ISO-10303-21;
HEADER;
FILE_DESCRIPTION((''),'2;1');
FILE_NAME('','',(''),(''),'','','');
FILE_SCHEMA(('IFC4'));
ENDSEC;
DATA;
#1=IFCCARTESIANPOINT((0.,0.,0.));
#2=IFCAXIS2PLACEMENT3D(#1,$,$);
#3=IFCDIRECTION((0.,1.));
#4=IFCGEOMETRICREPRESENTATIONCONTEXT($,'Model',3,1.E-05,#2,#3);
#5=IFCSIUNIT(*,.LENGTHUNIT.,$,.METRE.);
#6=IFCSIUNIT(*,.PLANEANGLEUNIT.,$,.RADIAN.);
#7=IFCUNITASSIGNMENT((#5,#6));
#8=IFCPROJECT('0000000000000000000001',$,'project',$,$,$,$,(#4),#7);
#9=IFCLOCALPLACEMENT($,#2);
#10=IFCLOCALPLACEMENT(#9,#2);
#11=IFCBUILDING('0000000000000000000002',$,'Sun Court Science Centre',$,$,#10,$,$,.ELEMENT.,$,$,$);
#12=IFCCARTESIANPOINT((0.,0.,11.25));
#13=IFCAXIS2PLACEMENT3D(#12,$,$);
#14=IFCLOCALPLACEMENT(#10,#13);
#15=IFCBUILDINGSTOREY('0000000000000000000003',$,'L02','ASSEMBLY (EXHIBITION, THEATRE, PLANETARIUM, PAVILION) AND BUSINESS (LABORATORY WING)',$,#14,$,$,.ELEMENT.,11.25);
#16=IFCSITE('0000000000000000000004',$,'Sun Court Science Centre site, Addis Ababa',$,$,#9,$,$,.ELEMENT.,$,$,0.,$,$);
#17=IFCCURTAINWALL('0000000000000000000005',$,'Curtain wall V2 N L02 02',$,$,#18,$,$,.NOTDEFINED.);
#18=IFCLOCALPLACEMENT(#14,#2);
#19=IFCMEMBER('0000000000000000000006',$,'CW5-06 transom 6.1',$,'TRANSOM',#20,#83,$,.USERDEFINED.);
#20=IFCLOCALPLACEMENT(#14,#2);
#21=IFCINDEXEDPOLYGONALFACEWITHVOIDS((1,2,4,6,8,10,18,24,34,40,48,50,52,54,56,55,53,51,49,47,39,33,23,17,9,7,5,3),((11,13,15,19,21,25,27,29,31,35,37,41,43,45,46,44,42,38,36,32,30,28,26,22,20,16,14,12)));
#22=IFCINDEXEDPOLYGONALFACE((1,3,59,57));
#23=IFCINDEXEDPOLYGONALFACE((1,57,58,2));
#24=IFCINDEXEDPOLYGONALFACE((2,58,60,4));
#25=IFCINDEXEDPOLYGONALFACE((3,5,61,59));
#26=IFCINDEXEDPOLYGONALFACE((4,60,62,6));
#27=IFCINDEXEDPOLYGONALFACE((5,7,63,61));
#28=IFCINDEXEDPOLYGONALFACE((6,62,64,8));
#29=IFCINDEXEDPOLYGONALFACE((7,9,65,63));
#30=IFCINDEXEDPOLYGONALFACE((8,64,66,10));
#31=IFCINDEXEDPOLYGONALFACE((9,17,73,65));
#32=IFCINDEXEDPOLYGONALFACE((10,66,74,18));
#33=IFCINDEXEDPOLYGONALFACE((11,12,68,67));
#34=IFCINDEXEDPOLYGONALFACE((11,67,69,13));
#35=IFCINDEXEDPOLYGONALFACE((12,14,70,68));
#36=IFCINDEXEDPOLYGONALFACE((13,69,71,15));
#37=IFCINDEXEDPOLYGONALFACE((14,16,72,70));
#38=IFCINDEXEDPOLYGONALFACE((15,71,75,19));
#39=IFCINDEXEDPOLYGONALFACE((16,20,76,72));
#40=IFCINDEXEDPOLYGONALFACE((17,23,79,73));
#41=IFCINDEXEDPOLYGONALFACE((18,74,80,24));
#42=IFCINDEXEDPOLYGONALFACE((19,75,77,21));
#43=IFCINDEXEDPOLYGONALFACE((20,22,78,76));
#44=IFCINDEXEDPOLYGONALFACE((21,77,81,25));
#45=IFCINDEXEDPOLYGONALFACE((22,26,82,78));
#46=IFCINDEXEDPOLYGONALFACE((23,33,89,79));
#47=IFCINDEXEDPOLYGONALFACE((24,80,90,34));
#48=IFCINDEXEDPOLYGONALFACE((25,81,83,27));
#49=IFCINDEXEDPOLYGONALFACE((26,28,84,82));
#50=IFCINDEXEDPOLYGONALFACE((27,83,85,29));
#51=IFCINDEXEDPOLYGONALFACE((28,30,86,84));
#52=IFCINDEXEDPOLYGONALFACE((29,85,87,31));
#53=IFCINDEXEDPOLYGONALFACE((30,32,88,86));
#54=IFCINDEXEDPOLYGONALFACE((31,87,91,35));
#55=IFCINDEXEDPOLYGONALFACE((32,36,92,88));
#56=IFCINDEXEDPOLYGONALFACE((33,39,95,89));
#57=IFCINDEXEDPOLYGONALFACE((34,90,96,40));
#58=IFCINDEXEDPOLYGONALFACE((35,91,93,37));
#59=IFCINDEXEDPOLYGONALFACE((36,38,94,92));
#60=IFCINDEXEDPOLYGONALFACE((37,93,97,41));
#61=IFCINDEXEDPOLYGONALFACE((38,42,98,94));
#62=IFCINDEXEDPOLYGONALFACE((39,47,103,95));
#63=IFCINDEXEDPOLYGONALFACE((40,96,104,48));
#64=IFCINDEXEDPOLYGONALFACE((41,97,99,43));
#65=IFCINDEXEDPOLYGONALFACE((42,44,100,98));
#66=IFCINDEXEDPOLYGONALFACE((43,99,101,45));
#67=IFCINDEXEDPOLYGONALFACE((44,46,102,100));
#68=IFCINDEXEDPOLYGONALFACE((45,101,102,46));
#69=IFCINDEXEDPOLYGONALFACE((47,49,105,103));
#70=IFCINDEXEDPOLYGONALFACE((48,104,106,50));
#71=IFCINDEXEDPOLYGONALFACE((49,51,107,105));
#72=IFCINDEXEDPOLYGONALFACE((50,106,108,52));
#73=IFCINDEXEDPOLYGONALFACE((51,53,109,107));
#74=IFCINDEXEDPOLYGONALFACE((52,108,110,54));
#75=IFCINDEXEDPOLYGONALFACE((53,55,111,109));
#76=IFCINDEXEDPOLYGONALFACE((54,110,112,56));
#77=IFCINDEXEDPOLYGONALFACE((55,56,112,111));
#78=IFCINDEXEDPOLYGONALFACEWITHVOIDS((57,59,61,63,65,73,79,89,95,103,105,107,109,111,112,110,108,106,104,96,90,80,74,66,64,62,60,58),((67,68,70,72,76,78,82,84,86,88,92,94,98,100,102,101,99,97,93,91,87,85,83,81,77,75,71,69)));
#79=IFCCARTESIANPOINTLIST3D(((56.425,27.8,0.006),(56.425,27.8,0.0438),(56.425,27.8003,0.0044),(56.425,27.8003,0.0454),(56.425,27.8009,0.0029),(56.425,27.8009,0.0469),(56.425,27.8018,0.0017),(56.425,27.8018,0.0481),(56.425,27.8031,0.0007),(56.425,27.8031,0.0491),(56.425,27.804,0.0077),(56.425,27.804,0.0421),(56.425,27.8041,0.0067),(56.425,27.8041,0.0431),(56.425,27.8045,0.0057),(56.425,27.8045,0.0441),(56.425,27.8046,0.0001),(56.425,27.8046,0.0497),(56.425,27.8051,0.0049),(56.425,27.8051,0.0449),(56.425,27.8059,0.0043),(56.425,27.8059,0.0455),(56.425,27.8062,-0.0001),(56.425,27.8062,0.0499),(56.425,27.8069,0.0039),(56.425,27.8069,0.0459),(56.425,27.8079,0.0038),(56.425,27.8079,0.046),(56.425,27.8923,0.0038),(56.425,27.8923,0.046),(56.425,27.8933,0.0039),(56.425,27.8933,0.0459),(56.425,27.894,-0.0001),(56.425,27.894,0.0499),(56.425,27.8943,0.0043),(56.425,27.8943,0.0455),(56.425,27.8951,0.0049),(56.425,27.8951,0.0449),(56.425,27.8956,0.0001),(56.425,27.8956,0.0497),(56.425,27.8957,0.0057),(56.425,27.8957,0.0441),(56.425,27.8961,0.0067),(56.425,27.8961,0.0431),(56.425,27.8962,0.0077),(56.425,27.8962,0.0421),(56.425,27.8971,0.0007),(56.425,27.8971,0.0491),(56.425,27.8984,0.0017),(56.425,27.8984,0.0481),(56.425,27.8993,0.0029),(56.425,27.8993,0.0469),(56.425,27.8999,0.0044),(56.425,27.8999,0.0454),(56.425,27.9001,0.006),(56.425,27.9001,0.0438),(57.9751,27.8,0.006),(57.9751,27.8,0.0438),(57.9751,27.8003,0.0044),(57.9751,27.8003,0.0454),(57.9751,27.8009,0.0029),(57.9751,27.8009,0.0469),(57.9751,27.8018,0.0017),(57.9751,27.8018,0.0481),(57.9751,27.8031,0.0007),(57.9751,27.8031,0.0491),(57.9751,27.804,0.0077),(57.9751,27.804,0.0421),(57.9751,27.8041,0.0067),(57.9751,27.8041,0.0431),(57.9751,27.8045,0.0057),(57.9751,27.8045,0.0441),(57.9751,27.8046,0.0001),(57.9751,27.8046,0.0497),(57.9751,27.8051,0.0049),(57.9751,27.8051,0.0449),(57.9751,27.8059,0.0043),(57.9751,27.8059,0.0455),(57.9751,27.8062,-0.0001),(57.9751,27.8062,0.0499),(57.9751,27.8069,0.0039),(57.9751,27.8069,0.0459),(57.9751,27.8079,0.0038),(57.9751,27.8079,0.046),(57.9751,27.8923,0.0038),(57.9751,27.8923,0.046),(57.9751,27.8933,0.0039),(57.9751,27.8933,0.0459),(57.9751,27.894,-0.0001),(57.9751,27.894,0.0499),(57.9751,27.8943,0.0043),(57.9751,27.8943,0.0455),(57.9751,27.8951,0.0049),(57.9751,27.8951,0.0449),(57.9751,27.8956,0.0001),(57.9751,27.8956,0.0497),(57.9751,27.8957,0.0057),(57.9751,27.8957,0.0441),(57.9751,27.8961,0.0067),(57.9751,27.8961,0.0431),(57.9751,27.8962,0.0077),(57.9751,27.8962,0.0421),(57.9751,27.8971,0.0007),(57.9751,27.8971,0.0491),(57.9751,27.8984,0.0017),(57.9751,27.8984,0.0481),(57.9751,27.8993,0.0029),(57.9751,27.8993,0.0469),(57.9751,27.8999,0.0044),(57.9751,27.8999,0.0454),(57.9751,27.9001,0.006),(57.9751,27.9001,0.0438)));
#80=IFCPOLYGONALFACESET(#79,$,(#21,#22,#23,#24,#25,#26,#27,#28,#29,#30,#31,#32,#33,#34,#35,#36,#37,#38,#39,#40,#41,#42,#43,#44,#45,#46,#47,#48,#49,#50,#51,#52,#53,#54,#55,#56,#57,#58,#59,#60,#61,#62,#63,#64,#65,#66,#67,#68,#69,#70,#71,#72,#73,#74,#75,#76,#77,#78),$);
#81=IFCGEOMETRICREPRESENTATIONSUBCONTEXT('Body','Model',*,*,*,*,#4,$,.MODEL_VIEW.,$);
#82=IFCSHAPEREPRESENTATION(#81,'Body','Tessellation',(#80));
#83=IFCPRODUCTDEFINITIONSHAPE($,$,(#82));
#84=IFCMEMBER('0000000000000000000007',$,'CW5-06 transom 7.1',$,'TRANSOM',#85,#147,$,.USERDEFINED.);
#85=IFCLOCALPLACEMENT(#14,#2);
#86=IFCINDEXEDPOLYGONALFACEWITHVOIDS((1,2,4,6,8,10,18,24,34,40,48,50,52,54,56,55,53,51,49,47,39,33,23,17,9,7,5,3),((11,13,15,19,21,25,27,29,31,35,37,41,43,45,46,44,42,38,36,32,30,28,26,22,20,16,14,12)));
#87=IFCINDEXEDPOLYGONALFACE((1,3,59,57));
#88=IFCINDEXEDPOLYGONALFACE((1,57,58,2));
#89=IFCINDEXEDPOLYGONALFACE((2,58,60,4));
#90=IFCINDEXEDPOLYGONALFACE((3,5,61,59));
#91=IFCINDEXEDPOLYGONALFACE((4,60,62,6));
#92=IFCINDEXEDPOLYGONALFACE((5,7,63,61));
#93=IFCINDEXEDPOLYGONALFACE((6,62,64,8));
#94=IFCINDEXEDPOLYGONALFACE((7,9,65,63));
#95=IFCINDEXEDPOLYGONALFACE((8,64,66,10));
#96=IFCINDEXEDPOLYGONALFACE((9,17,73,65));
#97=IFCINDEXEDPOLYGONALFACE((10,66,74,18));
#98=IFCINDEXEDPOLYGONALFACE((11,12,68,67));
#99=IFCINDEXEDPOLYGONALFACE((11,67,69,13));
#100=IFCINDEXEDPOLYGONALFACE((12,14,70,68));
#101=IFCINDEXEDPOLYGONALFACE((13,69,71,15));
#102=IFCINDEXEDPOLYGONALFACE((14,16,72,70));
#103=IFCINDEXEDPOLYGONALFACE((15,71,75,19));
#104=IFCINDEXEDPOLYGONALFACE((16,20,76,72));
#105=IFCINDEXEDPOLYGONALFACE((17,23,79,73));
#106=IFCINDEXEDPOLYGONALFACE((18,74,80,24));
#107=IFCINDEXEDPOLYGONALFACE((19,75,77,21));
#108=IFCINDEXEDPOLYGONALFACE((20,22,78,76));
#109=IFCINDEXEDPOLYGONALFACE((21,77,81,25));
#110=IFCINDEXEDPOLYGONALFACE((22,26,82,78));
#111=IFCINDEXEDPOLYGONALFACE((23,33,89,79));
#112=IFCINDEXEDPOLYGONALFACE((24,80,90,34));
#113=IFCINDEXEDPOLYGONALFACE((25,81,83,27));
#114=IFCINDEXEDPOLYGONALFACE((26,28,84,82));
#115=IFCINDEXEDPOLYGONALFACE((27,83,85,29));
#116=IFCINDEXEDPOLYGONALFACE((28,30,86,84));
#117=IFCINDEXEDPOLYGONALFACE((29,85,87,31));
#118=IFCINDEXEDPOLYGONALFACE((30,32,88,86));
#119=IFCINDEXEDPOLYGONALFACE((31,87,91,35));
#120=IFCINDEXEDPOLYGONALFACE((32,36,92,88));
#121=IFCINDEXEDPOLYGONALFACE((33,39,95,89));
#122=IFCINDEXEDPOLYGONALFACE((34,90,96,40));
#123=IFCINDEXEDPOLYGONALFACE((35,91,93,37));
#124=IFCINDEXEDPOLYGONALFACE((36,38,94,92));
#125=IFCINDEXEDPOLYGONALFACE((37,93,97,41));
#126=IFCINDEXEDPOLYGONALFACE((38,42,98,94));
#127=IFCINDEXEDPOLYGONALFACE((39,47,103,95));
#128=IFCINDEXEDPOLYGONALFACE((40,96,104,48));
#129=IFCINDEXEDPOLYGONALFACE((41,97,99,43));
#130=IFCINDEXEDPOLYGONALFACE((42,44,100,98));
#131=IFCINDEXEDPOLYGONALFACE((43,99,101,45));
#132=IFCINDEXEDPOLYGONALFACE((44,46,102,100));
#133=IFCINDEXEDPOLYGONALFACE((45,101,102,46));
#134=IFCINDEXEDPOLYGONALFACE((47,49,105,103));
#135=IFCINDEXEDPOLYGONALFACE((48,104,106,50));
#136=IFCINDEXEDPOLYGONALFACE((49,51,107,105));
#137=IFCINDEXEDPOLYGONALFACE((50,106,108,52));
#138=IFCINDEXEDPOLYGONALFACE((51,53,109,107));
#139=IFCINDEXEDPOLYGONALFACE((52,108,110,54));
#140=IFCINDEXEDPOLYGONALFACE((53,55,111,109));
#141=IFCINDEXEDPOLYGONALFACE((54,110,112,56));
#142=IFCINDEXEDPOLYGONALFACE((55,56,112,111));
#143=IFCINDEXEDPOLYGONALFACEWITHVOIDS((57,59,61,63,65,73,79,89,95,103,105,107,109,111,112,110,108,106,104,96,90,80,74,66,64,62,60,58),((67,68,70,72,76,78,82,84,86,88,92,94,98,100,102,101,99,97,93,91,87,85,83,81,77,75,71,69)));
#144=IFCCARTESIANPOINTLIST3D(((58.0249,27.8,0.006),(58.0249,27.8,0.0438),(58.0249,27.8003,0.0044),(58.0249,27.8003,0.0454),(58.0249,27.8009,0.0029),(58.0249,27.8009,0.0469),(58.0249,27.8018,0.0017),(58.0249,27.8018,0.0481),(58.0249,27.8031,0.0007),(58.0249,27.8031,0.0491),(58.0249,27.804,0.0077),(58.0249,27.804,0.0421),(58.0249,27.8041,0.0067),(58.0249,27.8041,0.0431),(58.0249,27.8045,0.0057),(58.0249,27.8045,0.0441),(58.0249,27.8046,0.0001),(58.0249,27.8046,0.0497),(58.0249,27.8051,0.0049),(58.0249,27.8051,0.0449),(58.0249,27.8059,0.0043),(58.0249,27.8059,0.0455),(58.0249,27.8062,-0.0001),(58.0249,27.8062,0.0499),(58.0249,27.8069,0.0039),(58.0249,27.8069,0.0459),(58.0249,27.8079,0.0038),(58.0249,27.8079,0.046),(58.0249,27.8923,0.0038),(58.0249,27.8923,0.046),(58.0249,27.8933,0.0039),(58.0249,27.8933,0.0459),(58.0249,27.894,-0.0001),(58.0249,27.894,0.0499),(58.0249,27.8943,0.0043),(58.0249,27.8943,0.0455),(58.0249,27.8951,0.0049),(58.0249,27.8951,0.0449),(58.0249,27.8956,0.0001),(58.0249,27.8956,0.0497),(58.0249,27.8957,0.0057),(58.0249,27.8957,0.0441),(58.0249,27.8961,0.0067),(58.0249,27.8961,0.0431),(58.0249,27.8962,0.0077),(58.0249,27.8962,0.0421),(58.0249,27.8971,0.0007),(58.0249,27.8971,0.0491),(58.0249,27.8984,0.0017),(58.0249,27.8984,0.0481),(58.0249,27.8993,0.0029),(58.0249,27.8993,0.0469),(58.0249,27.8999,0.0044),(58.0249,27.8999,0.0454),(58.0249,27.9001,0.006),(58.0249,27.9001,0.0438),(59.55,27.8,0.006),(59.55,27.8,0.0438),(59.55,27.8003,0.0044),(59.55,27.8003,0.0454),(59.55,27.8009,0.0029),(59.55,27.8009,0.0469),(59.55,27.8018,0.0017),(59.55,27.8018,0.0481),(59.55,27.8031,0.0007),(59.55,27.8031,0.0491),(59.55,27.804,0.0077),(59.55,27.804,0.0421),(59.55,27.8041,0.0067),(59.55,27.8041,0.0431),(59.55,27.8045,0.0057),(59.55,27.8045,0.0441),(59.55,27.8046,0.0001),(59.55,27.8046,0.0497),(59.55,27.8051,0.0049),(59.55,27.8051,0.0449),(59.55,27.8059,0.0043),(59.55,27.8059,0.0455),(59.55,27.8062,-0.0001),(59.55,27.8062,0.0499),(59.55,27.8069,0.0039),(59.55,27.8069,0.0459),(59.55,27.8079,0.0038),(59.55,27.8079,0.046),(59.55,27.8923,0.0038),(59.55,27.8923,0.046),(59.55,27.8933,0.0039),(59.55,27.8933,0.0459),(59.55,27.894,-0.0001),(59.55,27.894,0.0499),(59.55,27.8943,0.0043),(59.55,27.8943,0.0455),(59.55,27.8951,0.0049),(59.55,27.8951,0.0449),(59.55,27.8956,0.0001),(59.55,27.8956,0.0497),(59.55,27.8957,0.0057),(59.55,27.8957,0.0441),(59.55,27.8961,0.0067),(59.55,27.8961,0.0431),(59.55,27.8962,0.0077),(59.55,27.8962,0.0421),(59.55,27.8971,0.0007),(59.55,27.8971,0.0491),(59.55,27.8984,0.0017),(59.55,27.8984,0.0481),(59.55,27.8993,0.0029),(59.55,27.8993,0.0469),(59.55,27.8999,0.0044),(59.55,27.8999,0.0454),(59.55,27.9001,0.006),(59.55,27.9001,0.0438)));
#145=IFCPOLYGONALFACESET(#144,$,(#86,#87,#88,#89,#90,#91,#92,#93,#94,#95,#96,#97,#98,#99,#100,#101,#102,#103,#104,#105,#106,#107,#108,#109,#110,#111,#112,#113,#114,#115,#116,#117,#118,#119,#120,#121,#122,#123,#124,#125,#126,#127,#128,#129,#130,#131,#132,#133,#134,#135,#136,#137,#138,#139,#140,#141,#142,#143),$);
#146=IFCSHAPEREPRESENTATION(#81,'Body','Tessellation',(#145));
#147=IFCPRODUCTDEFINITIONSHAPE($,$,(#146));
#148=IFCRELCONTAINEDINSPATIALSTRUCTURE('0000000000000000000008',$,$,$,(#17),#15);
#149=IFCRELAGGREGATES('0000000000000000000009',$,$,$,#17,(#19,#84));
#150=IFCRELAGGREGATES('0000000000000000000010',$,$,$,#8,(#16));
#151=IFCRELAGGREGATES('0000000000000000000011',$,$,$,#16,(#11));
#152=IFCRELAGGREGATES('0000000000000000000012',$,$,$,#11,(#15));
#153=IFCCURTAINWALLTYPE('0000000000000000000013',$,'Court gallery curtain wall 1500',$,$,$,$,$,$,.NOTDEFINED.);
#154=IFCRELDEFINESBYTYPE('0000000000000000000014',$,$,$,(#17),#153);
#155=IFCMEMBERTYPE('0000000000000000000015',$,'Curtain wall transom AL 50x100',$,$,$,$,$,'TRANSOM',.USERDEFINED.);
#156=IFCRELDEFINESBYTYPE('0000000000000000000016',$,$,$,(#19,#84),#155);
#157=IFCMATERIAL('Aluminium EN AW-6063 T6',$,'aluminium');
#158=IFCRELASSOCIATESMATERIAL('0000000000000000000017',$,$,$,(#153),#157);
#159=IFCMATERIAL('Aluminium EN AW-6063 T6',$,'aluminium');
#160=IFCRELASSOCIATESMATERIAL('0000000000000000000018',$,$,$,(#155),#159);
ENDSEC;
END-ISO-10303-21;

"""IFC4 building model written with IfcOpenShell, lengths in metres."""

from ifc_helpers import new_model, si_unit, direction, frame, origin, origin_2d, place, context, subcontext, project, spatial, hollow_rectangle, extrude, material, material_profile, profile_set, type_object, element, aggregate, save


model = new_model("IFC4")

# Units and contexts
model_context = context("Model", 3, precision=1e-05, world=origin(), true_north=direction((0.0, 1.0)))
body_context = subcontext(model_context, "Body", "Model", "MODEL_VIEW")
ifc_project = project(units=[si_unit("LENGTHUNIT", "METRE"), si_unit("PLANEANGLEUNIT", "RADIAN")], contexts=[model_context])

# Site, building, storey
site_placement = place(None, origin())
site = spatial("IfcSite", under=ifc_project, at=site_placement, Name="Sun Court Science Centre site, Addis Ababa", CompositionType="ELEMENT", RefElevation=0.0)
building_placement = place(site_placement, origin())
building = spatial("IfcBuilding", under=site, at=building_placement, Name="Sun Court Science Centre", CompositionType="ELEMENT")
storey_placement = place(building_placement, frame((0.0, 0.0, 11.25)))
storey = spatial("IfcBuildingStorey", under=building, at=storey_placement, Name="L02", Description="ASSEMBLY (EXHIBITION, THEATRE, PLANETARIUM, PAVILION) AND BUSINESS (LABORATORY WING)", CompositionType="ELEMENT", Elevation=11.25)

# Curtain wall, members
ifc_material_1 = material(Name="Aluminium EN AW-6063 T6", Category="aluminium")
curtain_wall_type_1 = type_object("IfcCurtainWallType", Name="Court gallery curtain wall 1500", PredefinedType="NOTDEFINED", material=ifc_material_1)
curtain_wall_1_placement = place(storey_placement, origin())
curtain_wall_1 = element("IfcCurtainWall", 1, at=curtain_wall_1_placement, inside=storey, type_object=curtain_wall_type_1, Name="Curtain wall V2 N L02 02", PredefinedType="NOTDEFINED")
ifc_material_2 = material(Name="Aluminium EN AW-6063 T6", Category="aluminium")
ifc_material_profile_1 = material_profile(ifc_material_2, hollow_rectangle(XDim=0.05, YDim=0.1001, WallThickness=0.0039, InnerFilletRadius=0.0039, OuterFilletRadius=0.0061, at=origin_2d()), Name="AL 50x100x4")
ifc_profile_set_1 = profile_set([ifc_material_profile_1], Name="Aluminium EN AW-6063 T6")
member_type_1 = type_object("IfcMemberType", Name="Curtain wall transom AL 50x100", ElementType="TRANSOM", PredefinedType="USERDEFINED", material=ifc_profile_set_1)
member_1_placement = place(storey_placement, frame((56.425, 27.8501, 0.0249), z_axis=(1.0, 0.0, 0.0), x_axis=(0.0, 0.0, 1.0)))
member_1 = element("IfcMember", 2, at=member_1_placement, type_object=member_type_1, Name="CW5-06 transom 6.1", ObjectType="TRANSOM", PredefinedType="USERDEFINED", context=body_context, shape_type="SweptSolid", body=[
    extrude(hollow_rectangle(XDim=0.05, YDim=0.1001, WallThickness=0.0039, InnerFilletRadius=0.0039, OuterFilletRadius=0.0061, at=origin_2d()), origin(), (0.0, 0.0, 1.0), 1.55),
])
member_2_placement = place(storey_placement, frame((58.0249, 27.8501, 0.0249), z_axis=(1.0, 0.0, 0.0), x_axis=(0.0, 0.0, 1.0)))
member_2 = element("IfcMember", 3, at=member_2_placement, type_object=member_type_1, Name="CW5-06 transom 7.1", ObjectType="TRANSOM", PredefinedType="USERDEFINED", context=body_context, shape_type="SweptSolid", body=[
    extrude(hollow_rectangle(XDim=0.05, YDim=0.1001, WallThickness=0.0039, InnerFilletRadius=0.0039, OuterFilletRadius=0.0061, at=origin_2d()), origin(), (0.0, 0.0, 1.0), 1.5251),
])

aggregate(curtain_wall_1, [member_1, member_2])

save(model, "model.ifc")
